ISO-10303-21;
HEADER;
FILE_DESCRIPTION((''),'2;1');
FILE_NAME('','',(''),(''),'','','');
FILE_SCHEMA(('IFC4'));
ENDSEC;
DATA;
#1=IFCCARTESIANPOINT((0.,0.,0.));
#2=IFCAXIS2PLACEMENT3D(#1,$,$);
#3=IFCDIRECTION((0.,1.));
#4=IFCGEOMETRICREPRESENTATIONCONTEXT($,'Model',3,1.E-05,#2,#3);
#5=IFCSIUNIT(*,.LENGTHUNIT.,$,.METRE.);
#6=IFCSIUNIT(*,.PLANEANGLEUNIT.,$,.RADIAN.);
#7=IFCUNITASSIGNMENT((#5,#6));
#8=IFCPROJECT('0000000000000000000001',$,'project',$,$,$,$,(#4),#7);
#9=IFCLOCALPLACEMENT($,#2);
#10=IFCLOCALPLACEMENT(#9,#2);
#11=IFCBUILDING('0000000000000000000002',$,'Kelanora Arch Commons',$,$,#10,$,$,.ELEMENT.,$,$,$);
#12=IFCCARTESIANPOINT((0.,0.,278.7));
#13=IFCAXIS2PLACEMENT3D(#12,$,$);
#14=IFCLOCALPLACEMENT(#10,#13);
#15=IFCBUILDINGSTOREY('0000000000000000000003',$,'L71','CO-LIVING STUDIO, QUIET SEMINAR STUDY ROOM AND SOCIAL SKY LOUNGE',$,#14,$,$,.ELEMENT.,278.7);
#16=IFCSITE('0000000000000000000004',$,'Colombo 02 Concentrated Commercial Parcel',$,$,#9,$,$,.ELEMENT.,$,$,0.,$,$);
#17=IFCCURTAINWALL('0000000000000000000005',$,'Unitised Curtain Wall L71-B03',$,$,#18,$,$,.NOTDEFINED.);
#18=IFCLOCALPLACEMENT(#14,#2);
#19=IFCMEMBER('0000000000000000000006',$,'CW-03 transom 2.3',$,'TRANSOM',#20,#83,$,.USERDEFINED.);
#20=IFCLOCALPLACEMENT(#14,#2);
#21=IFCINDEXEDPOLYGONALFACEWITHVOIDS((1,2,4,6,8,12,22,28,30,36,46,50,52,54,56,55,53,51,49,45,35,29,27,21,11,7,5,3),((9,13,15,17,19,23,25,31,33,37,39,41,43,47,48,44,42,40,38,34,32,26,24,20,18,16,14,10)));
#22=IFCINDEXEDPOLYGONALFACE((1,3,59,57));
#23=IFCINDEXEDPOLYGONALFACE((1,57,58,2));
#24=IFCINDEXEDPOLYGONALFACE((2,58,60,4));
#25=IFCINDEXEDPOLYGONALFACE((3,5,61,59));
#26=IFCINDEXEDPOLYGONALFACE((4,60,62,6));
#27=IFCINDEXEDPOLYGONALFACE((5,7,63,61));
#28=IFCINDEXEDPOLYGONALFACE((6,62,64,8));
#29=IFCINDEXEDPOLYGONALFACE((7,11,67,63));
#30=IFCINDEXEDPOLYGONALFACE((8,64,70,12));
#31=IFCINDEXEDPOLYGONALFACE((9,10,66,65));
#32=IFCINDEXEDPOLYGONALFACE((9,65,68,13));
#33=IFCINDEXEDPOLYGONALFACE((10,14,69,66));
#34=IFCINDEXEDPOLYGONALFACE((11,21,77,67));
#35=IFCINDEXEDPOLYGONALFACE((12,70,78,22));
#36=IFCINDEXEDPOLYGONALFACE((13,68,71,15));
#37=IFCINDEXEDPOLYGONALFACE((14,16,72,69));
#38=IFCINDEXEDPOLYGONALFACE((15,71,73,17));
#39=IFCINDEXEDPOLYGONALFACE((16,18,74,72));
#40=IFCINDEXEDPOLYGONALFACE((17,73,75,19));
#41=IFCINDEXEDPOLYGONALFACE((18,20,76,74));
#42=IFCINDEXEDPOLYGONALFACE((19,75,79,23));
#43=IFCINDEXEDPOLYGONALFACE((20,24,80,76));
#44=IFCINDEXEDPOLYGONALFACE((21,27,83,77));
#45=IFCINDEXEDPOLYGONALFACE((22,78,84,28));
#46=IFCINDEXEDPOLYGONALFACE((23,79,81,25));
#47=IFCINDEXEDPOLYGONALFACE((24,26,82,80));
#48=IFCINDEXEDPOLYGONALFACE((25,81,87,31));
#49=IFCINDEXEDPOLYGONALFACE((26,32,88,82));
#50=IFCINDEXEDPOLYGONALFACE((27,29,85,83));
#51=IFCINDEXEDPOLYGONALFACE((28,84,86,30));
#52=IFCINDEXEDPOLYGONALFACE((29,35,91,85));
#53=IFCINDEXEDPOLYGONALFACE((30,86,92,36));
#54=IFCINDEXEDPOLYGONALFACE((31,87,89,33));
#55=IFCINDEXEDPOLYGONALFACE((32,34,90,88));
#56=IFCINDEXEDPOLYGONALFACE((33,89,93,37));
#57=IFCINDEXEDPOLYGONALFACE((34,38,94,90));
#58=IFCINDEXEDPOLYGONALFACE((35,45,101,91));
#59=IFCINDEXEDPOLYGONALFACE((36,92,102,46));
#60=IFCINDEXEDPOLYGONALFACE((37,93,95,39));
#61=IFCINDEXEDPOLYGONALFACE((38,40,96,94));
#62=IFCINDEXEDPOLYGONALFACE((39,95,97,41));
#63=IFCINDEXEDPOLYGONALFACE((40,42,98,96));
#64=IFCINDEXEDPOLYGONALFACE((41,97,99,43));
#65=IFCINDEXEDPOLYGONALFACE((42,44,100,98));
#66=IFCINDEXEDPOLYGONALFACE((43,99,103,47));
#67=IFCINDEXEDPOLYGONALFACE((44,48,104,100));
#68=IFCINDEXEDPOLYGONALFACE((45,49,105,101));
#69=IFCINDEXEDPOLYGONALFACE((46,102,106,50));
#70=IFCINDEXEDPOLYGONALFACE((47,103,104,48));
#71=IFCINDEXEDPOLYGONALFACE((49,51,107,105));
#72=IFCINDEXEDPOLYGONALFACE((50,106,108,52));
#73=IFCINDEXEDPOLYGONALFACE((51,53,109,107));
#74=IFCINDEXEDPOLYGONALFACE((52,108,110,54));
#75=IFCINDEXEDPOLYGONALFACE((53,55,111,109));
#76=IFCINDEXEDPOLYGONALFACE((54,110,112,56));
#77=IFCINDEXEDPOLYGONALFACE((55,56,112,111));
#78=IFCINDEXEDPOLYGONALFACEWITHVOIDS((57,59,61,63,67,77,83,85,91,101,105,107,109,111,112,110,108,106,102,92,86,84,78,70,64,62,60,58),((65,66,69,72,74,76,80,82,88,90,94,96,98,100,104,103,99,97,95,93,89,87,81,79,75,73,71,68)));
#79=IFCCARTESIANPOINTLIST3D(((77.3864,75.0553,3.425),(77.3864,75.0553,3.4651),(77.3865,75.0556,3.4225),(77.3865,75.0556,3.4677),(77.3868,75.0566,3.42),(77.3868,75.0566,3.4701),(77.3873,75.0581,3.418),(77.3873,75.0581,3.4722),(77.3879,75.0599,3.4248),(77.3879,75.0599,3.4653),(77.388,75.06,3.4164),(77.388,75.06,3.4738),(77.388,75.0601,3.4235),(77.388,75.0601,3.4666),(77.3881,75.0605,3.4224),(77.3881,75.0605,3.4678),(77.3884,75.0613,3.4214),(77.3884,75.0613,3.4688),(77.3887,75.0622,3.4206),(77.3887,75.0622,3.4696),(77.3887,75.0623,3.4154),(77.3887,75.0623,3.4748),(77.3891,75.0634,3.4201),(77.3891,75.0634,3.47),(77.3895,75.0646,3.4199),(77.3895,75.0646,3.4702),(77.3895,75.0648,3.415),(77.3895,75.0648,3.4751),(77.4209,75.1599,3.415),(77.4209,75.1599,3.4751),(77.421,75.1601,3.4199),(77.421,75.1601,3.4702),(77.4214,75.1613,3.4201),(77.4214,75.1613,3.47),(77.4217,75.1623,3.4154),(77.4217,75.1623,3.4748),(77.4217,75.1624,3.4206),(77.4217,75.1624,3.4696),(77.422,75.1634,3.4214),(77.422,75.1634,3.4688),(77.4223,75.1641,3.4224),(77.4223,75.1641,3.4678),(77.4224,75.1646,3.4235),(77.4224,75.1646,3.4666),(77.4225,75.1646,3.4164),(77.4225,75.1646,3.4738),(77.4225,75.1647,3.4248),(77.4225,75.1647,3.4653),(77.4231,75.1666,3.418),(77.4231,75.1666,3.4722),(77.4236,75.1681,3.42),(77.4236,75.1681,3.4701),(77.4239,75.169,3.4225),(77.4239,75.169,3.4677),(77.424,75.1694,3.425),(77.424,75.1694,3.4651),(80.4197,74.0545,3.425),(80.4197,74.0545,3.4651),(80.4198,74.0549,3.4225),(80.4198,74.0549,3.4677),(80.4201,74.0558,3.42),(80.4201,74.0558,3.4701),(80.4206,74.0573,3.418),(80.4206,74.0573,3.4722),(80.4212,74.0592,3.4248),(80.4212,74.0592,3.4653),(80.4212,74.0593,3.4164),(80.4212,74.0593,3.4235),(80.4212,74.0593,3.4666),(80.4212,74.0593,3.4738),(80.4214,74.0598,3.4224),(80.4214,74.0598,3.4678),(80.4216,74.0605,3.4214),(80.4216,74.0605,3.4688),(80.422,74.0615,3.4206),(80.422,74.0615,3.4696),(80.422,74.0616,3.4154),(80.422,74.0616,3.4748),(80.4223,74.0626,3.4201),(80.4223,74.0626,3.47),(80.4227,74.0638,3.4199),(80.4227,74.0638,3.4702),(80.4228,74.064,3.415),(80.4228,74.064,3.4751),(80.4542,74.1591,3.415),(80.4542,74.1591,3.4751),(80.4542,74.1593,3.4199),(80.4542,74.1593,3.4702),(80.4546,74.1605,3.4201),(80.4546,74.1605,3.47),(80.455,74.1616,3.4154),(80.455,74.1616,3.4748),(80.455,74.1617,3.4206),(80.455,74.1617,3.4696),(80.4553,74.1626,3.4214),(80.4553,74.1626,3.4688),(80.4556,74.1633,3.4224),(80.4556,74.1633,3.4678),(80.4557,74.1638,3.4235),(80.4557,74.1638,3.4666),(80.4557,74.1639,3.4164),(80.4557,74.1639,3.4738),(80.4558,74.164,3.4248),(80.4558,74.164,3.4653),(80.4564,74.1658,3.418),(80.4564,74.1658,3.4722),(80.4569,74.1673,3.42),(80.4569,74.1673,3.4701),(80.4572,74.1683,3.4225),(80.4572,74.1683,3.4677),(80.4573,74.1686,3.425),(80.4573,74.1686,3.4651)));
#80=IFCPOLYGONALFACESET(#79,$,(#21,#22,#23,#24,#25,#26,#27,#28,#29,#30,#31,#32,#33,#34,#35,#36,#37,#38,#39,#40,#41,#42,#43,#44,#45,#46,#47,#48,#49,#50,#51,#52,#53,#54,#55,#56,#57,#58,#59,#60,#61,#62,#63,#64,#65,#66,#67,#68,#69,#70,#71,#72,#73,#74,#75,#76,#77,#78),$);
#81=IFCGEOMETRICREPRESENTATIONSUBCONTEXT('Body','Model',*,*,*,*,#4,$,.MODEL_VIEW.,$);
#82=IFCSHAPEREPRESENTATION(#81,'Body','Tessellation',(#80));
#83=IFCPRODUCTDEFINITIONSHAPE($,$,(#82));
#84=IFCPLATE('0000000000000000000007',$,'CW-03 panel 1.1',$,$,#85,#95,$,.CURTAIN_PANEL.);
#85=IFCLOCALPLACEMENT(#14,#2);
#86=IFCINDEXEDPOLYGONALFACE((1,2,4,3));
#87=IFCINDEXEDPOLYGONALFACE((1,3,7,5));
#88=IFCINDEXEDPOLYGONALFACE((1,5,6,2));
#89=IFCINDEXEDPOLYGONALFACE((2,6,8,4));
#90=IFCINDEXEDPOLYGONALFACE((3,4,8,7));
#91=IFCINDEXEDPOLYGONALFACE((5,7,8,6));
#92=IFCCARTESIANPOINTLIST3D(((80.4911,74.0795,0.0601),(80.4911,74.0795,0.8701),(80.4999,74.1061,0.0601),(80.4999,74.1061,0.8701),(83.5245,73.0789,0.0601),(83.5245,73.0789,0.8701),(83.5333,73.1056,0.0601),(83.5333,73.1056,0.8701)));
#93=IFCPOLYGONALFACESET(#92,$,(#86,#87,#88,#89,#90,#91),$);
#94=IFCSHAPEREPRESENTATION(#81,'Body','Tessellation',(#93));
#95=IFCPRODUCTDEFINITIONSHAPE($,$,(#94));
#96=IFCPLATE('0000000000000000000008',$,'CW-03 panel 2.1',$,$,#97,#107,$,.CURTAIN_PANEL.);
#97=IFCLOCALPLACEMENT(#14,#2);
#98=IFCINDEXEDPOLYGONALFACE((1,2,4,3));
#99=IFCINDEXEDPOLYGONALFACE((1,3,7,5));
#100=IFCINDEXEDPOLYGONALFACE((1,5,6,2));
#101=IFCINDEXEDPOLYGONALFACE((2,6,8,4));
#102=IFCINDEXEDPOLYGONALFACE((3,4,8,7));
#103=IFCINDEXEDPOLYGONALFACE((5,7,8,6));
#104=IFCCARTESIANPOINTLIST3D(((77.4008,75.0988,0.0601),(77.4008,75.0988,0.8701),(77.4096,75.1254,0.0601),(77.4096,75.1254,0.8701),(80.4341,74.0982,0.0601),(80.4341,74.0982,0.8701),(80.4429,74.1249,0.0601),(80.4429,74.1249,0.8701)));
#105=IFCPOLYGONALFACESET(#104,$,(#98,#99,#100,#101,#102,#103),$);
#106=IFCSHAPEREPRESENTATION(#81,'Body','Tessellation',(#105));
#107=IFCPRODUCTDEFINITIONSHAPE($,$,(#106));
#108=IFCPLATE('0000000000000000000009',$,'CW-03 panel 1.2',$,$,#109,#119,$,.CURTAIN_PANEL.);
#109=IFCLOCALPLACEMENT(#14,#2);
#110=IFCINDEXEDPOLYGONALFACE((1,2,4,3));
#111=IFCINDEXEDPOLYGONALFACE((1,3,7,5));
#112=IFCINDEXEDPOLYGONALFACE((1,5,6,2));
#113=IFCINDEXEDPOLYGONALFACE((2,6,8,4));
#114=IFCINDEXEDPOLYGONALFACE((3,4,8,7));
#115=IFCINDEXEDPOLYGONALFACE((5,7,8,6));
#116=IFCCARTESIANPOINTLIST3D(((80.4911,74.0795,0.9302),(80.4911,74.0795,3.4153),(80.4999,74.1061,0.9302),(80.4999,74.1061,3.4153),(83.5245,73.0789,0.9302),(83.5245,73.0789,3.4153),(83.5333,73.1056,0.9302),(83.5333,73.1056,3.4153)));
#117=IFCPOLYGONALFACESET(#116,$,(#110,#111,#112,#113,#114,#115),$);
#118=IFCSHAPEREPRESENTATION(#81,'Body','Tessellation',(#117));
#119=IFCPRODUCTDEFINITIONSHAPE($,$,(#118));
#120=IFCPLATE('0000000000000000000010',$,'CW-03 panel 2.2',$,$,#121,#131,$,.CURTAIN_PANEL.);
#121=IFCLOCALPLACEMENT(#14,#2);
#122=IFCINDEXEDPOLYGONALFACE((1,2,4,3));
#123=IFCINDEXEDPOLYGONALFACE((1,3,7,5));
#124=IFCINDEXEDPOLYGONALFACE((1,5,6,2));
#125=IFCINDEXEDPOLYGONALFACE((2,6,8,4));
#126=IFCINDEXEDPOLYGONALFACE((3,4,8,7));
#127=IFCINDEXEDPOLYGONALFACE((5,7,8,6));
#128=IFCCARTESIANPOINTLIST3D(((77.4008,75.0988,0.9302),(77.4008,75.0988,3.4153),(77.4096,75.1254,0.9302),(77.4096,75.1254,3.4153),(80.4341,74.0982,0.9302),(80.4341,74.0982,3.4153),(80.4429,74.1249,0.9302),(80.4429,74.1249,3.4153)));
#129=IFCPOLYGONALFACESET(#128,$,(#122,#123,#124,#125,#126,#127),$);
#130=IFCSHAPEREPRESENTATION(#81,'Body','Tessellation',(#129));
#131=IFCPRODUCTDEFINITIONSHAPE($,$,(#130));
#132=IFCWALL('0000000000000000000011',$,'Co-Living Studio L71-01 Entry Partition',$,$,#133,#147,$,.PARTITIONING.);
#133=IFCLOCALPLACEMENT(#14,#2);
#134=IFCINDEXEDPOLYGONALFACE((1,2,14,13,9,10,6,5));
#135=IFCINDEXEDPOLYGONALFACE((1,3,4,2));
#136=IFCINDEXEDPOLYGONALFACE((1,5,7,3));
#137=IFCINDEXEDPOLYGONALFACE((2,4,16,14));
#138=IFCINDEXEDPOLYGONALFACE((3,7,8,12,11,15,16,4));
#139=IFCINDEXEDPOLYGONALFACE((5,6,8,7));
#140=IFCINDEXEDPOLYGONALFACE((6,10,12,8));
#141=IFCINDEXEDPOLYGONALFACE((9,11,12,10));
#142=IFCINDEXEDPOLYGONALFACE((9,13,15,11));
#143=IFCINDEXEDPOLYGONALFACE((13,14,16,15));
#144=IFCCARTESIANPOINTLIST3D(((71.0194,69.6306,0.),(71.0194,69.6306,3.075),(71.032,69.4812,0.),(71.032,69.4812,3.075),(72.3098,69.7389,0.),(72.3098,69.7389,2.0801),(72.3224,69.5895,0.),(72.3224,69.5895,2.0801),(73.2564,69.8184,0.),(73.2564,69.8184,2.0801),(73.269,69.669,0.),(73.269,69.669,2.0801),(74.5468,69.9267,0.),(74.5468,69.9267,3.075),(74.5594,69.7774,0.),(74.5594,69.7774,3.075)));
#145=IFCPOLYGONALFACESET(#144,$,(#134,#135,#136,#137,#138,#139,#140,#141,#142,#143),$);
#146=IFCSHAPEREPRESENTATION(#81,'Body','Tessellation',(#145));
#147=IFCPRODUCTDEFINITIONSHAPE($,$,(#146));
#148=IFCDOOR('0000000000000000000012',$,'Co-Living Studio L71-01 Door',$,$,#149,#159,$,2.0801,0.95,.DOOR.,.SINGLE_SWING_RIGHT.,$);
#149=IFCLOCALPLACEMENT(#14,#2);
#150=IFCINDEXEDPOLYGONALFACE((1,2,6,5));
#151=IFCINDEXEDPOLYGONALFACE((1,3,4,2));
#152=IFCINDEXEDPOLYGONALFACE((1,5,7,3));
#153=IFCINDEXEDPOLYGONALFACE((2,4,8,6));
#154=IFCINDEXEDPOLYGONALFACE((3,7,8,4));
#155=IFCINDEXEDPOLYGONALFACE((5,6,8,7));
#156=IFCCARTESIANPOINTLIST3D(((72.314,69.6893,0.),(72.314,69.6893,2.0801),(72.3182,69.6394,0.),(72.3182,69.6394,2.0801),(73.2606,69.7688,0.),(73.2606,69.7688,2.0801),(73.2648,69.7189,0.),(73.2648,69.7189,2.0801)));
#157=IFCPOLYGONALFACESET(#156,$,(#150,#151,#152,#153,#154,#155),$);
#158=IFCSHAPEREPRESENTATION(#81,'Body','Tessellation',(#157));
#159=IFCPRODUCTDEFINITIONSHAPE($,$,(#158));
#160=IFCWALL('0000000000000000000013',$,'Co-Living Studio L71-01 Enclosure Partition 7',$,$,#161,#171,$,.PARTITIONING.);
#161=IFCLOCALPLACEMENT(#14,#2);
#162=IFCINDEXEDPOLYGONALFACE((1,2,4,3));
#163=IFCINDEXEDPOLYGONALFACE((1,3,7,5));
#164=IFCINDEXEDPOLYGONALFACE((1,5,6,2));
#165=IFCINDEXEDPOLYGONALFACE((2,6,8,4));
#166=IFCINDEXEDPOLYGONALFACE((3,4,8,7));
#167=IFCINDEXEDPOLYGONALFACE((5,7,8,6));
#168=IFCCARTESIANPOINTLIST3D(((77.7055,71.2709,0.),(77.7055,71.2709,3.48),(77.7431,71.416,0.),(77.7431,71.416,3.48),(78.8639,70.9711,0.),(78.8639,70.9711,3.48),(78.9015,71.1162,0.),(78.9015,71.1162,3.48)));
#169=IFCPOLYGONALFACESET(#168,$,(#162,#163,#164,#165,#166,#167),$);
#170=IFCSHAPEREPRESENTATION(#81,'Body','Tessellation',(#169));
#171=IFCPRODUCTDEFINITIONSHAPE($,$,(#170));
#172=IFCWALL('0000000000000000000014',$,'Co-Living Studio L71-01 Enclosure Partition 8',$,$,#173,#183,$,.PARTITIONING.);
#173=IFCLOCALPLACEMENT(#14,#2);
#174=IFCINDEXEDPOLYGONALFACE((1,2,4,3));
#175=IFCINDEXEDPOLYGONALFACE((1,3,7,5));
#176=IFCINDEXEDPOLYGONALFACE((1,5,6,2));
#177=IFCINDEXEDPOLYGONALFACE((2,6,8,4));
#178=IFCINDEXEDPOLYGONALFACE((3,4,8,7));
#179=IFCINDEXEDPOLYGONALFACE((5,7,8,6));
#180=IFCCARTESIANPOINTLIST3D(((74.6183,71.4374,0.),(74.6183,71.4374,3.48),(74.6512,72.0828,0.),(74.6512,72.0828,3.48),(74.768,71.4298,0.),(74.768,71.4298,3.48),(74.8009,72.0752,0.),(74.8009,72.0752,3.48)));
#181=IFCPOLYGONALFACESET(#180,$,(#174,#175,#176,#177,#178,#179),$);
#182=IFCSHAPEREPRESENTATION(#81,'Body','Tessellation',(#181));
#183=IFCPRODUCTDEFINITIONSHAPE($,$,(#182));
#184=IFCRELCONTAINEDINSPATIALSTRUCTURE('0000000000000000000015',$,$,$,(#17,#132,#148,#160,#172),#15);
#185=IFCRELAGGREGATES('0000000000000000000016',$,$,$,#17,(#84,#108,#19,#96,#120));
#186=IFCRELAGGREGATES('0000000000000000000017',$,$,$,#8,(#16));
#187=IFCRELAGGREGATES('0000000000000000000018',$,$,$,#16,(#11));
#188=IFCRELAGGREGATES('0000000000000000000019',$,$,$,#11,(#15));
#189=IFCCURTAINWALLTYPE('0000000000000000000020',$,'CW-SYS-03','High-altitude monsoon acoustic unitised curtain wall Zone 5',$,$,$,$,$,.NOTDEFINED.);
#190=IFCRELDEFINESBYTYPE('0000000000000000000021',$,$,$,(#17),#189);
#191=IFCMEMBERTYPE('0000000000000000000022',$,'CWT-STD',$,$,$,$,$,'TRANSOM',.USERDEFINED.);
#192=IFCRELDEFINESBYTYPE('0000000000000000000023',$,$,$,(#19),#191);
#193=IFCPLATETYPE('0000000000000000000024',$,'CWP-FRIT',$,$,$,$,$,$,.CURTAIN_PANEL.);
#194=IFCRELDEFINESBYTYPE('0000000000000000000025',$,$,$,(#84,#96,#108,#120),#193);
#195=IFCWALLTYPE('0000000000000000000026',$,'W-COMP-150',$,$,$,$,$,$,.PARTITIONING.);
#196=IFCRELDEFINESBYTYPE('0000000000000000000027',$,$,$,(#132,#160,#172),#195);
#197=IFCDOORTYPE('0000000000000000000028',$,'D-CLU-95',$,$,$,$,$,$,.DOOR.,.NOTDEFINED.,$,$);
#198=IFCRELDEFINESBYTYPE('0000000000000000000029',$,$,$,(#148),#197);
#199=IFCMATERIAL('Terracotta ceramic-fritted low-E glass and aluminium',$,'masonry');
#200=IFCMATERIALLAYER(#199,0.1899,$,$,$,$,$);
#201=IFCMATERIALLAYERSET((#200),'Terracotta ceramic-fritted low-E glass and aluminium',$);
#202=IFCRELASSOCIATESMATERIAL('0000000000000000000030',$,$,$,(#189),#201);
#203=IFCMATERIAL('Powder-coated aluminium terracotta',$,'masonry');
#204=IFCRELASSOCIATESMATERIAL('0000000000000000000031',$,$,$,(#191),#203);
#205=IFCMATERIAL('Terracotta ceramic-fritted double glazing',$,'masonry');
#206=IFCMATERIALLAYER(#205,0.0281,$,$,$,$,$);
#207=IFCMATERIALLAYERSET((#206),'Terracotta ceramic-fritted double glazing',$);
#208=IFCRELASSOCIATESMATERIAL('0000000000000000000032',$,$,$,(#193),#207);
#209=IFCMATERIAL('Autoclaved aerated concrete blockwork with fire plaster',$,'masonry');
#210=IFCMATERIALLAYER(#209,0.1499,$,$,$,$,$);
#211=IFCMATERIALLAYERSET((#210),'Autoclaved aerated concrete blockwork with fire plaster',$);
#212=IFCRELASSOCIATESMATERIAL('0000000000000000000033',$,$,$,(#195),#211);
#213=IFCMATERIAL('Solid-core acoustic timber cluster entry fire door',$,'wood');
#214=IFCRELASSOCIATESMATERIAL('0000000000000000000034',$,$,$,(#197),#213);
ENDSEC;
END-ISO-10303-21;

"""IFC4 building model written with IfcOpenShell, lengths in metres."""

from ifc_helpers import new_model, si_unit, direction, frame, frame_2d, origin, origin_2d, place, context, subcontext, project, spatial, rectangle, hollow_rectangle, extrude, source, transform, mapped, material, layer, layer_set, material_profile, profile_set, type_object, element, fill, aggregate, save


model = new_model("IFC4")

# Units and contexts
model_context = context("Model", 3, precision=1e-05, world=origin(), true_north=direction((0.0, 1.0)))
body_context = subcontext(model_context, "Body", "Model", "MODEL_VIEW")
ifc_project = project(units=[si_unit("LENGTHUNIT", "METRE"), si_unit("PLANEANGLEUNIT", "RADIAN")], contexts=[model_context])

# Site, building, storey
site_placement = place(None, origin())
site = spatial("IfcSite", under=ifc_project, at=site_placement, Name="Colombo 02 Concentrated Commercial Parcel", CompositionType="ELEMENT", RefElevation=0.0)
building_placement = place(site_placement, origin())
building = spatial("IfcBuilding", under=site, at=building_placement, Name="Kelanora Arch Commons", CompositionType="ELEMENT")
storey_placement = place(building_placement, frame((0.0, 0.0, 278.7)))
storey = spatial("IfcBuildingStorey", under=building, at=storey_placement, Name="L71", Description="CO-LIVING STUDIO, QUIET SEMINAR STUDY ROOM AND SOCIAL SKY LOUNGE", CompositionType="ELEMENT", Elevation=278.7)

# Curtain wall, member, plates
ifc_material_1 = material(Name="Terracotta ceramic-fritted low-E glass and aluminium", Category="masonry")
ifc_layer_1 = layer(ifc_material_1, 0.1899)
ifc_layer_set_1 = layer_set([ifc_layer_1], Name="Terracotta ceramic-fritted low-E glass and aluminium")
curtain_wall_type = type_object("IfcCurtainWallType", Name="CW-SYS-03", Description="High-altitude monsoon acoustic unitised curtain wall Zone 5", PredefinedType="NOTDEFINED", material=ifc_layer_set_1)
curtain_wall_placement = place(storey_placement, origin())
curtain_wall = element("IfcCurtainWall", 1, at=curtain_wall_placement, inside=storey, type_object=curtain_wall_type, Name="Unitised Curtain Wall L71-B03", PredefinedType="NOTDEFINED")
ifc_material_2 = material(Name="Powder-coated aluminium terracotta", Category="masonry")
ifc_material_profile_1 = material_profile(ifc_material_2, hollow_rectangle(XDim=0.1201, YDim=0.0601, WallThickness=0.0049, InnerFilletRadius=0.0049, OuterFilletRadius=0.01, at=origin_2d()), Name="CWT120x60")
ifc_profile_set_1 = profile_set([ifc_material_profile_1], Name="Powder-coated aluminium terracotta")
member_type_1 = type_object("IfcMemberType", Name="CWT-STD", ElementType="TRANSOM", PredefinedType="USERDEFINED", material=ifc_profile_set_1)
member_1_placement = place(storey_placement, frame((80.4385, 74.1116, 3.4451), z_axis=(-0.94965, 0.313314, 0.0), x_axis=(-0.313314, -0.94965, 0.0)))
member_1 = element("IfcMember", 2, at=member_1_placement, type_object=member_type_1, Name="CW-03 transom 2.3", ObjectType="TRANSOM", PredefinedType="USERDEFINED", context=body_context, shape_type="SweptSolid", body=[
    extrude(hollow_rectangle(XDim=0.1201, YDim=0.0601, WallThickness=0.0049, InnerFilletRadius=0.0049, OuterFilletRadius=0.01, at=origin_2d()), origin(), (0.0, 0.0, 1.0), 3.1941),
])
ifc_material_3 = material(Name="Terracotta ceramic-fritted double glazing", Category="masonry")
ifc_layer_2 = layer(ifc_material_3, 0.0281)
ifc_layer_set_2 = layer_set([ifc_layer_2], Name="Terracotta ceramic-fritted double glazing")
plate_type = type_object("IfcPlateType", Name="CWP-FRIT", PredefinedType="CURTAIN_PANEL", material=ifc_layer_set_2)
shared_shape_1 = source(origin(), body_context, "Body", "SweptSolid", [
    extrude(rectangle(XDim=3.1941, YDim=0.0281, at=origin_2d()), origin(), (0.0, 0.0, 1.0), 0.8101),
])
plate_1_placement = place(storey_placement, frame((82.0122, 73.5925, 0.0601), z_axis=(0.0, 0.0, 1.0), x_axis=(-0.94967, 0.313253, 0.0)))
plate_1 = element("IfcPlate", 3, at=plate_1_placement, type_object=plate_type, Name="CW-03 panel 1.1", PredefinedType="CURTAIN_PANEL", context=body_context, shape_type="MappedRepresentation", body=[
    mapped(shared_shape_1, transform((0.0, 0.0, 0.0), scale=1.0)),
])
plate_2_placement = place(storey_placement, frame((78.9219, 74.6118, 0.0601), z_axis=(0.0, 0.0, 1.0), x_axis=(-0.94967, 0.313253, 0.0)))
plate_2 = element("IfcPlate", 4, at=plate_2_placement, type_object=plate_type, Name="CW-03 panel 2.1", PredefinedType="CURTAIN_PANEL", context=body_context, shape_type="MappedRepresentation", body=[
    mapped(shared_shape_1, transform((0.0, 0.0, 0.0), scale=1.0)),
])
shared_shape_2 = source(origin(), body_context, "Body", "SweptSolid", [
    extrude(rectangle(XDim=3.1941, YDim=0.0281, at=origin_2d()), origin(), (0.0, 0.0, 1.0), 2.4851),
])
plate_3_placement = place(storey_placement, frame((82.0122, 73.5925, 0.9302), z_axis=(0.0, 0.0, 1.0), x_axis=(-0.94967, 0.313253, 0.0)))
plate_3 = element("IfcPlate", 5, at=plate_3_placement, type_object=plate_type, Name="CW-03 panel 1.2", PredefinedType="CURTAIN_PANEL", context=body_context, shape_type="MappedRepresentation", body=[
    mapped(shared_shape_2, transform((0.0, 0.0, 0.0), scale=1.0)),
])
plate_4_placement = place(storey_placement, frame((78.9219, 74.6118, 0.9302), z_axis=(0.0, 0.0, 1.0), x_axis=(-0.94967, 0.313253, 0.0)))
plate_4 = element("IfcPlate", 6, at=plate_4_placement, type_object=plate_type, Name="CW-03 panel 2.2", PredefinedType="CURTAIN_PANEL", context=body_context, shape_type="MappedRepresentation", body=[
    mapped(shared_shape_2, transform((0.0, 0.0, 0.0), scale=1.0)),
])
aggregate(curtain_wall, [plate_1, plate_3, member_1, plate_2, plate_4])

# Wall, opening, door
ifc_material_4 = material(Name="Autoclaved aerated concrete blockwork with fire plaster", Category="masonry")
ifc_layer_3 = layer(ifc_material_4, 0.1499)
ifc_layer_set_3 = layer_set([ifc_layer_3], Name="Autoclaved aerated concrete blockwork with fire plaster")
wall_type_1 = type_object("IfcWallType", Name="W-COMP-150", PredefinedType="PARTITIONING", material=ifc_layer_set_3)
wall_1_placement = place(storey_placement, frame((74.5532, 69.8521, 0.0), z_axis=(0.0, 0.0, 1.0), x_axis=(-0.996494, -0.083662, 0.0)))
wall_1 = element("IfcWall", 7, at=wall_1_placement, inside=storey, type_object=wall_type_1, Name="Co-Living Studio L71-01 Entry Partition", PredefinedType="PARTITIONING", context=body_context, shape_type="SweptSolid", body=[
    extrude(rectangle(XDim=3.5398, YDim=0.1499, at=frame_2d((1.77, 0.0))), origin(), (0.0, 0.0, 1.0), 3.075),
])
opening_1_placement = place(wall_1_placement, frame((1.2949, 0.0, 0.0)))
opening_1 = element("IfcOpeningElement", 8, at=opening_1_placement, cuts=wall_1, PredefinedType="OPENING", context=body_context, shape_type="SweptSolid", body=[
    extrude(rectangle(XDim=0.95, YDim=2.0801, at=frame_2d((0.4751, 1.04))), frame((0.0, 0.085, 0.0), z_axis=(0.0, -1.0, 0.0), x_axis=(1.0, 0.0, 0.0)), (0.0, 0.0, 1.0), 0.1699),
])
ifc_material_5 = material(Name="Solid-core acoustic timber cluster entry fire door", Category="wood")
door_type_1 = type_object("IfcDoorType", Name="D-CLU-95", OperationType="NOTDEFINED", PredefinedType="DOOR", material=ifc_material_5)
door_1_placement = place(opening_1_placement, origin())
door_1 = element("IfcDoor", 9, at=door_1_placement, inside=storey, type_object=door_type_1, Name="Co-Living Studio L71-01 Door", OperationType="SINGLE_SWING_RIGHT", OverallHeight=2.0801, OverallWidth=0.95, PredefinedType="DOOR", context=body_context, shape_type="SweptSolid", body=[
    extrude(rectangle(XDim=0.95, YDim=2.0801, at=frame_2d((0.4751, 1.04))), frame((0.0, 0.0249, 0.0), z_axis=(0.0, -1.0, 0.0), x_axis=(1.0, 0.0, 0.0)), (0.0, 0.0, 1.0), 0.05),
])
fill(opening_1, door_1)

# Walls
wall_2_placement = place(storey_placement, frame((78.8826, 71.0437, 0.0), z_axis=(0.0, 0.0, 1.0), x_axis=(-0.968105, 0.250544, 0.0)))
element("IfcWall", 10, at=wall_2_placement, inside=storey, type_object=wall_type_1, Name="Co-Living Studio L71-01 Enclosure Partition 7", PredefinedType="PARTITIONING", context=body_context, shape_type="SweptSolid", body=[
    extrude(rectangle(XDim=1.1965, YDim=0.1499, at=frame_2d((0.5981, 0.0))), origin(), (0.0, 0.0, 1.0), 3.48),
])
wall_3_placement = place(storey_placement, frame((74.7261, 72.0791, 0.0), z_axis=(0.0, 0.0, 1.0), x_axis=(-0.050993, -0.998699, 0.0)))
element("IfcWall", 11, at=wall_3_placement, inside=storey, type_object=wall_type_1, Name="Co-Living Studio L71-01 Enclosure Partition 8", PredefinedType="PARTITIONING", context=body_context, shape_type="SweptSolid", body=[
    extrude(rectangle(XDim=0.6462, YDim=0.1499, at=frame_2d((0.3232, 0.0))), origin(), (0.0, 0.0, 1.0), 3.48),
])

save(model, "model.ifc")
